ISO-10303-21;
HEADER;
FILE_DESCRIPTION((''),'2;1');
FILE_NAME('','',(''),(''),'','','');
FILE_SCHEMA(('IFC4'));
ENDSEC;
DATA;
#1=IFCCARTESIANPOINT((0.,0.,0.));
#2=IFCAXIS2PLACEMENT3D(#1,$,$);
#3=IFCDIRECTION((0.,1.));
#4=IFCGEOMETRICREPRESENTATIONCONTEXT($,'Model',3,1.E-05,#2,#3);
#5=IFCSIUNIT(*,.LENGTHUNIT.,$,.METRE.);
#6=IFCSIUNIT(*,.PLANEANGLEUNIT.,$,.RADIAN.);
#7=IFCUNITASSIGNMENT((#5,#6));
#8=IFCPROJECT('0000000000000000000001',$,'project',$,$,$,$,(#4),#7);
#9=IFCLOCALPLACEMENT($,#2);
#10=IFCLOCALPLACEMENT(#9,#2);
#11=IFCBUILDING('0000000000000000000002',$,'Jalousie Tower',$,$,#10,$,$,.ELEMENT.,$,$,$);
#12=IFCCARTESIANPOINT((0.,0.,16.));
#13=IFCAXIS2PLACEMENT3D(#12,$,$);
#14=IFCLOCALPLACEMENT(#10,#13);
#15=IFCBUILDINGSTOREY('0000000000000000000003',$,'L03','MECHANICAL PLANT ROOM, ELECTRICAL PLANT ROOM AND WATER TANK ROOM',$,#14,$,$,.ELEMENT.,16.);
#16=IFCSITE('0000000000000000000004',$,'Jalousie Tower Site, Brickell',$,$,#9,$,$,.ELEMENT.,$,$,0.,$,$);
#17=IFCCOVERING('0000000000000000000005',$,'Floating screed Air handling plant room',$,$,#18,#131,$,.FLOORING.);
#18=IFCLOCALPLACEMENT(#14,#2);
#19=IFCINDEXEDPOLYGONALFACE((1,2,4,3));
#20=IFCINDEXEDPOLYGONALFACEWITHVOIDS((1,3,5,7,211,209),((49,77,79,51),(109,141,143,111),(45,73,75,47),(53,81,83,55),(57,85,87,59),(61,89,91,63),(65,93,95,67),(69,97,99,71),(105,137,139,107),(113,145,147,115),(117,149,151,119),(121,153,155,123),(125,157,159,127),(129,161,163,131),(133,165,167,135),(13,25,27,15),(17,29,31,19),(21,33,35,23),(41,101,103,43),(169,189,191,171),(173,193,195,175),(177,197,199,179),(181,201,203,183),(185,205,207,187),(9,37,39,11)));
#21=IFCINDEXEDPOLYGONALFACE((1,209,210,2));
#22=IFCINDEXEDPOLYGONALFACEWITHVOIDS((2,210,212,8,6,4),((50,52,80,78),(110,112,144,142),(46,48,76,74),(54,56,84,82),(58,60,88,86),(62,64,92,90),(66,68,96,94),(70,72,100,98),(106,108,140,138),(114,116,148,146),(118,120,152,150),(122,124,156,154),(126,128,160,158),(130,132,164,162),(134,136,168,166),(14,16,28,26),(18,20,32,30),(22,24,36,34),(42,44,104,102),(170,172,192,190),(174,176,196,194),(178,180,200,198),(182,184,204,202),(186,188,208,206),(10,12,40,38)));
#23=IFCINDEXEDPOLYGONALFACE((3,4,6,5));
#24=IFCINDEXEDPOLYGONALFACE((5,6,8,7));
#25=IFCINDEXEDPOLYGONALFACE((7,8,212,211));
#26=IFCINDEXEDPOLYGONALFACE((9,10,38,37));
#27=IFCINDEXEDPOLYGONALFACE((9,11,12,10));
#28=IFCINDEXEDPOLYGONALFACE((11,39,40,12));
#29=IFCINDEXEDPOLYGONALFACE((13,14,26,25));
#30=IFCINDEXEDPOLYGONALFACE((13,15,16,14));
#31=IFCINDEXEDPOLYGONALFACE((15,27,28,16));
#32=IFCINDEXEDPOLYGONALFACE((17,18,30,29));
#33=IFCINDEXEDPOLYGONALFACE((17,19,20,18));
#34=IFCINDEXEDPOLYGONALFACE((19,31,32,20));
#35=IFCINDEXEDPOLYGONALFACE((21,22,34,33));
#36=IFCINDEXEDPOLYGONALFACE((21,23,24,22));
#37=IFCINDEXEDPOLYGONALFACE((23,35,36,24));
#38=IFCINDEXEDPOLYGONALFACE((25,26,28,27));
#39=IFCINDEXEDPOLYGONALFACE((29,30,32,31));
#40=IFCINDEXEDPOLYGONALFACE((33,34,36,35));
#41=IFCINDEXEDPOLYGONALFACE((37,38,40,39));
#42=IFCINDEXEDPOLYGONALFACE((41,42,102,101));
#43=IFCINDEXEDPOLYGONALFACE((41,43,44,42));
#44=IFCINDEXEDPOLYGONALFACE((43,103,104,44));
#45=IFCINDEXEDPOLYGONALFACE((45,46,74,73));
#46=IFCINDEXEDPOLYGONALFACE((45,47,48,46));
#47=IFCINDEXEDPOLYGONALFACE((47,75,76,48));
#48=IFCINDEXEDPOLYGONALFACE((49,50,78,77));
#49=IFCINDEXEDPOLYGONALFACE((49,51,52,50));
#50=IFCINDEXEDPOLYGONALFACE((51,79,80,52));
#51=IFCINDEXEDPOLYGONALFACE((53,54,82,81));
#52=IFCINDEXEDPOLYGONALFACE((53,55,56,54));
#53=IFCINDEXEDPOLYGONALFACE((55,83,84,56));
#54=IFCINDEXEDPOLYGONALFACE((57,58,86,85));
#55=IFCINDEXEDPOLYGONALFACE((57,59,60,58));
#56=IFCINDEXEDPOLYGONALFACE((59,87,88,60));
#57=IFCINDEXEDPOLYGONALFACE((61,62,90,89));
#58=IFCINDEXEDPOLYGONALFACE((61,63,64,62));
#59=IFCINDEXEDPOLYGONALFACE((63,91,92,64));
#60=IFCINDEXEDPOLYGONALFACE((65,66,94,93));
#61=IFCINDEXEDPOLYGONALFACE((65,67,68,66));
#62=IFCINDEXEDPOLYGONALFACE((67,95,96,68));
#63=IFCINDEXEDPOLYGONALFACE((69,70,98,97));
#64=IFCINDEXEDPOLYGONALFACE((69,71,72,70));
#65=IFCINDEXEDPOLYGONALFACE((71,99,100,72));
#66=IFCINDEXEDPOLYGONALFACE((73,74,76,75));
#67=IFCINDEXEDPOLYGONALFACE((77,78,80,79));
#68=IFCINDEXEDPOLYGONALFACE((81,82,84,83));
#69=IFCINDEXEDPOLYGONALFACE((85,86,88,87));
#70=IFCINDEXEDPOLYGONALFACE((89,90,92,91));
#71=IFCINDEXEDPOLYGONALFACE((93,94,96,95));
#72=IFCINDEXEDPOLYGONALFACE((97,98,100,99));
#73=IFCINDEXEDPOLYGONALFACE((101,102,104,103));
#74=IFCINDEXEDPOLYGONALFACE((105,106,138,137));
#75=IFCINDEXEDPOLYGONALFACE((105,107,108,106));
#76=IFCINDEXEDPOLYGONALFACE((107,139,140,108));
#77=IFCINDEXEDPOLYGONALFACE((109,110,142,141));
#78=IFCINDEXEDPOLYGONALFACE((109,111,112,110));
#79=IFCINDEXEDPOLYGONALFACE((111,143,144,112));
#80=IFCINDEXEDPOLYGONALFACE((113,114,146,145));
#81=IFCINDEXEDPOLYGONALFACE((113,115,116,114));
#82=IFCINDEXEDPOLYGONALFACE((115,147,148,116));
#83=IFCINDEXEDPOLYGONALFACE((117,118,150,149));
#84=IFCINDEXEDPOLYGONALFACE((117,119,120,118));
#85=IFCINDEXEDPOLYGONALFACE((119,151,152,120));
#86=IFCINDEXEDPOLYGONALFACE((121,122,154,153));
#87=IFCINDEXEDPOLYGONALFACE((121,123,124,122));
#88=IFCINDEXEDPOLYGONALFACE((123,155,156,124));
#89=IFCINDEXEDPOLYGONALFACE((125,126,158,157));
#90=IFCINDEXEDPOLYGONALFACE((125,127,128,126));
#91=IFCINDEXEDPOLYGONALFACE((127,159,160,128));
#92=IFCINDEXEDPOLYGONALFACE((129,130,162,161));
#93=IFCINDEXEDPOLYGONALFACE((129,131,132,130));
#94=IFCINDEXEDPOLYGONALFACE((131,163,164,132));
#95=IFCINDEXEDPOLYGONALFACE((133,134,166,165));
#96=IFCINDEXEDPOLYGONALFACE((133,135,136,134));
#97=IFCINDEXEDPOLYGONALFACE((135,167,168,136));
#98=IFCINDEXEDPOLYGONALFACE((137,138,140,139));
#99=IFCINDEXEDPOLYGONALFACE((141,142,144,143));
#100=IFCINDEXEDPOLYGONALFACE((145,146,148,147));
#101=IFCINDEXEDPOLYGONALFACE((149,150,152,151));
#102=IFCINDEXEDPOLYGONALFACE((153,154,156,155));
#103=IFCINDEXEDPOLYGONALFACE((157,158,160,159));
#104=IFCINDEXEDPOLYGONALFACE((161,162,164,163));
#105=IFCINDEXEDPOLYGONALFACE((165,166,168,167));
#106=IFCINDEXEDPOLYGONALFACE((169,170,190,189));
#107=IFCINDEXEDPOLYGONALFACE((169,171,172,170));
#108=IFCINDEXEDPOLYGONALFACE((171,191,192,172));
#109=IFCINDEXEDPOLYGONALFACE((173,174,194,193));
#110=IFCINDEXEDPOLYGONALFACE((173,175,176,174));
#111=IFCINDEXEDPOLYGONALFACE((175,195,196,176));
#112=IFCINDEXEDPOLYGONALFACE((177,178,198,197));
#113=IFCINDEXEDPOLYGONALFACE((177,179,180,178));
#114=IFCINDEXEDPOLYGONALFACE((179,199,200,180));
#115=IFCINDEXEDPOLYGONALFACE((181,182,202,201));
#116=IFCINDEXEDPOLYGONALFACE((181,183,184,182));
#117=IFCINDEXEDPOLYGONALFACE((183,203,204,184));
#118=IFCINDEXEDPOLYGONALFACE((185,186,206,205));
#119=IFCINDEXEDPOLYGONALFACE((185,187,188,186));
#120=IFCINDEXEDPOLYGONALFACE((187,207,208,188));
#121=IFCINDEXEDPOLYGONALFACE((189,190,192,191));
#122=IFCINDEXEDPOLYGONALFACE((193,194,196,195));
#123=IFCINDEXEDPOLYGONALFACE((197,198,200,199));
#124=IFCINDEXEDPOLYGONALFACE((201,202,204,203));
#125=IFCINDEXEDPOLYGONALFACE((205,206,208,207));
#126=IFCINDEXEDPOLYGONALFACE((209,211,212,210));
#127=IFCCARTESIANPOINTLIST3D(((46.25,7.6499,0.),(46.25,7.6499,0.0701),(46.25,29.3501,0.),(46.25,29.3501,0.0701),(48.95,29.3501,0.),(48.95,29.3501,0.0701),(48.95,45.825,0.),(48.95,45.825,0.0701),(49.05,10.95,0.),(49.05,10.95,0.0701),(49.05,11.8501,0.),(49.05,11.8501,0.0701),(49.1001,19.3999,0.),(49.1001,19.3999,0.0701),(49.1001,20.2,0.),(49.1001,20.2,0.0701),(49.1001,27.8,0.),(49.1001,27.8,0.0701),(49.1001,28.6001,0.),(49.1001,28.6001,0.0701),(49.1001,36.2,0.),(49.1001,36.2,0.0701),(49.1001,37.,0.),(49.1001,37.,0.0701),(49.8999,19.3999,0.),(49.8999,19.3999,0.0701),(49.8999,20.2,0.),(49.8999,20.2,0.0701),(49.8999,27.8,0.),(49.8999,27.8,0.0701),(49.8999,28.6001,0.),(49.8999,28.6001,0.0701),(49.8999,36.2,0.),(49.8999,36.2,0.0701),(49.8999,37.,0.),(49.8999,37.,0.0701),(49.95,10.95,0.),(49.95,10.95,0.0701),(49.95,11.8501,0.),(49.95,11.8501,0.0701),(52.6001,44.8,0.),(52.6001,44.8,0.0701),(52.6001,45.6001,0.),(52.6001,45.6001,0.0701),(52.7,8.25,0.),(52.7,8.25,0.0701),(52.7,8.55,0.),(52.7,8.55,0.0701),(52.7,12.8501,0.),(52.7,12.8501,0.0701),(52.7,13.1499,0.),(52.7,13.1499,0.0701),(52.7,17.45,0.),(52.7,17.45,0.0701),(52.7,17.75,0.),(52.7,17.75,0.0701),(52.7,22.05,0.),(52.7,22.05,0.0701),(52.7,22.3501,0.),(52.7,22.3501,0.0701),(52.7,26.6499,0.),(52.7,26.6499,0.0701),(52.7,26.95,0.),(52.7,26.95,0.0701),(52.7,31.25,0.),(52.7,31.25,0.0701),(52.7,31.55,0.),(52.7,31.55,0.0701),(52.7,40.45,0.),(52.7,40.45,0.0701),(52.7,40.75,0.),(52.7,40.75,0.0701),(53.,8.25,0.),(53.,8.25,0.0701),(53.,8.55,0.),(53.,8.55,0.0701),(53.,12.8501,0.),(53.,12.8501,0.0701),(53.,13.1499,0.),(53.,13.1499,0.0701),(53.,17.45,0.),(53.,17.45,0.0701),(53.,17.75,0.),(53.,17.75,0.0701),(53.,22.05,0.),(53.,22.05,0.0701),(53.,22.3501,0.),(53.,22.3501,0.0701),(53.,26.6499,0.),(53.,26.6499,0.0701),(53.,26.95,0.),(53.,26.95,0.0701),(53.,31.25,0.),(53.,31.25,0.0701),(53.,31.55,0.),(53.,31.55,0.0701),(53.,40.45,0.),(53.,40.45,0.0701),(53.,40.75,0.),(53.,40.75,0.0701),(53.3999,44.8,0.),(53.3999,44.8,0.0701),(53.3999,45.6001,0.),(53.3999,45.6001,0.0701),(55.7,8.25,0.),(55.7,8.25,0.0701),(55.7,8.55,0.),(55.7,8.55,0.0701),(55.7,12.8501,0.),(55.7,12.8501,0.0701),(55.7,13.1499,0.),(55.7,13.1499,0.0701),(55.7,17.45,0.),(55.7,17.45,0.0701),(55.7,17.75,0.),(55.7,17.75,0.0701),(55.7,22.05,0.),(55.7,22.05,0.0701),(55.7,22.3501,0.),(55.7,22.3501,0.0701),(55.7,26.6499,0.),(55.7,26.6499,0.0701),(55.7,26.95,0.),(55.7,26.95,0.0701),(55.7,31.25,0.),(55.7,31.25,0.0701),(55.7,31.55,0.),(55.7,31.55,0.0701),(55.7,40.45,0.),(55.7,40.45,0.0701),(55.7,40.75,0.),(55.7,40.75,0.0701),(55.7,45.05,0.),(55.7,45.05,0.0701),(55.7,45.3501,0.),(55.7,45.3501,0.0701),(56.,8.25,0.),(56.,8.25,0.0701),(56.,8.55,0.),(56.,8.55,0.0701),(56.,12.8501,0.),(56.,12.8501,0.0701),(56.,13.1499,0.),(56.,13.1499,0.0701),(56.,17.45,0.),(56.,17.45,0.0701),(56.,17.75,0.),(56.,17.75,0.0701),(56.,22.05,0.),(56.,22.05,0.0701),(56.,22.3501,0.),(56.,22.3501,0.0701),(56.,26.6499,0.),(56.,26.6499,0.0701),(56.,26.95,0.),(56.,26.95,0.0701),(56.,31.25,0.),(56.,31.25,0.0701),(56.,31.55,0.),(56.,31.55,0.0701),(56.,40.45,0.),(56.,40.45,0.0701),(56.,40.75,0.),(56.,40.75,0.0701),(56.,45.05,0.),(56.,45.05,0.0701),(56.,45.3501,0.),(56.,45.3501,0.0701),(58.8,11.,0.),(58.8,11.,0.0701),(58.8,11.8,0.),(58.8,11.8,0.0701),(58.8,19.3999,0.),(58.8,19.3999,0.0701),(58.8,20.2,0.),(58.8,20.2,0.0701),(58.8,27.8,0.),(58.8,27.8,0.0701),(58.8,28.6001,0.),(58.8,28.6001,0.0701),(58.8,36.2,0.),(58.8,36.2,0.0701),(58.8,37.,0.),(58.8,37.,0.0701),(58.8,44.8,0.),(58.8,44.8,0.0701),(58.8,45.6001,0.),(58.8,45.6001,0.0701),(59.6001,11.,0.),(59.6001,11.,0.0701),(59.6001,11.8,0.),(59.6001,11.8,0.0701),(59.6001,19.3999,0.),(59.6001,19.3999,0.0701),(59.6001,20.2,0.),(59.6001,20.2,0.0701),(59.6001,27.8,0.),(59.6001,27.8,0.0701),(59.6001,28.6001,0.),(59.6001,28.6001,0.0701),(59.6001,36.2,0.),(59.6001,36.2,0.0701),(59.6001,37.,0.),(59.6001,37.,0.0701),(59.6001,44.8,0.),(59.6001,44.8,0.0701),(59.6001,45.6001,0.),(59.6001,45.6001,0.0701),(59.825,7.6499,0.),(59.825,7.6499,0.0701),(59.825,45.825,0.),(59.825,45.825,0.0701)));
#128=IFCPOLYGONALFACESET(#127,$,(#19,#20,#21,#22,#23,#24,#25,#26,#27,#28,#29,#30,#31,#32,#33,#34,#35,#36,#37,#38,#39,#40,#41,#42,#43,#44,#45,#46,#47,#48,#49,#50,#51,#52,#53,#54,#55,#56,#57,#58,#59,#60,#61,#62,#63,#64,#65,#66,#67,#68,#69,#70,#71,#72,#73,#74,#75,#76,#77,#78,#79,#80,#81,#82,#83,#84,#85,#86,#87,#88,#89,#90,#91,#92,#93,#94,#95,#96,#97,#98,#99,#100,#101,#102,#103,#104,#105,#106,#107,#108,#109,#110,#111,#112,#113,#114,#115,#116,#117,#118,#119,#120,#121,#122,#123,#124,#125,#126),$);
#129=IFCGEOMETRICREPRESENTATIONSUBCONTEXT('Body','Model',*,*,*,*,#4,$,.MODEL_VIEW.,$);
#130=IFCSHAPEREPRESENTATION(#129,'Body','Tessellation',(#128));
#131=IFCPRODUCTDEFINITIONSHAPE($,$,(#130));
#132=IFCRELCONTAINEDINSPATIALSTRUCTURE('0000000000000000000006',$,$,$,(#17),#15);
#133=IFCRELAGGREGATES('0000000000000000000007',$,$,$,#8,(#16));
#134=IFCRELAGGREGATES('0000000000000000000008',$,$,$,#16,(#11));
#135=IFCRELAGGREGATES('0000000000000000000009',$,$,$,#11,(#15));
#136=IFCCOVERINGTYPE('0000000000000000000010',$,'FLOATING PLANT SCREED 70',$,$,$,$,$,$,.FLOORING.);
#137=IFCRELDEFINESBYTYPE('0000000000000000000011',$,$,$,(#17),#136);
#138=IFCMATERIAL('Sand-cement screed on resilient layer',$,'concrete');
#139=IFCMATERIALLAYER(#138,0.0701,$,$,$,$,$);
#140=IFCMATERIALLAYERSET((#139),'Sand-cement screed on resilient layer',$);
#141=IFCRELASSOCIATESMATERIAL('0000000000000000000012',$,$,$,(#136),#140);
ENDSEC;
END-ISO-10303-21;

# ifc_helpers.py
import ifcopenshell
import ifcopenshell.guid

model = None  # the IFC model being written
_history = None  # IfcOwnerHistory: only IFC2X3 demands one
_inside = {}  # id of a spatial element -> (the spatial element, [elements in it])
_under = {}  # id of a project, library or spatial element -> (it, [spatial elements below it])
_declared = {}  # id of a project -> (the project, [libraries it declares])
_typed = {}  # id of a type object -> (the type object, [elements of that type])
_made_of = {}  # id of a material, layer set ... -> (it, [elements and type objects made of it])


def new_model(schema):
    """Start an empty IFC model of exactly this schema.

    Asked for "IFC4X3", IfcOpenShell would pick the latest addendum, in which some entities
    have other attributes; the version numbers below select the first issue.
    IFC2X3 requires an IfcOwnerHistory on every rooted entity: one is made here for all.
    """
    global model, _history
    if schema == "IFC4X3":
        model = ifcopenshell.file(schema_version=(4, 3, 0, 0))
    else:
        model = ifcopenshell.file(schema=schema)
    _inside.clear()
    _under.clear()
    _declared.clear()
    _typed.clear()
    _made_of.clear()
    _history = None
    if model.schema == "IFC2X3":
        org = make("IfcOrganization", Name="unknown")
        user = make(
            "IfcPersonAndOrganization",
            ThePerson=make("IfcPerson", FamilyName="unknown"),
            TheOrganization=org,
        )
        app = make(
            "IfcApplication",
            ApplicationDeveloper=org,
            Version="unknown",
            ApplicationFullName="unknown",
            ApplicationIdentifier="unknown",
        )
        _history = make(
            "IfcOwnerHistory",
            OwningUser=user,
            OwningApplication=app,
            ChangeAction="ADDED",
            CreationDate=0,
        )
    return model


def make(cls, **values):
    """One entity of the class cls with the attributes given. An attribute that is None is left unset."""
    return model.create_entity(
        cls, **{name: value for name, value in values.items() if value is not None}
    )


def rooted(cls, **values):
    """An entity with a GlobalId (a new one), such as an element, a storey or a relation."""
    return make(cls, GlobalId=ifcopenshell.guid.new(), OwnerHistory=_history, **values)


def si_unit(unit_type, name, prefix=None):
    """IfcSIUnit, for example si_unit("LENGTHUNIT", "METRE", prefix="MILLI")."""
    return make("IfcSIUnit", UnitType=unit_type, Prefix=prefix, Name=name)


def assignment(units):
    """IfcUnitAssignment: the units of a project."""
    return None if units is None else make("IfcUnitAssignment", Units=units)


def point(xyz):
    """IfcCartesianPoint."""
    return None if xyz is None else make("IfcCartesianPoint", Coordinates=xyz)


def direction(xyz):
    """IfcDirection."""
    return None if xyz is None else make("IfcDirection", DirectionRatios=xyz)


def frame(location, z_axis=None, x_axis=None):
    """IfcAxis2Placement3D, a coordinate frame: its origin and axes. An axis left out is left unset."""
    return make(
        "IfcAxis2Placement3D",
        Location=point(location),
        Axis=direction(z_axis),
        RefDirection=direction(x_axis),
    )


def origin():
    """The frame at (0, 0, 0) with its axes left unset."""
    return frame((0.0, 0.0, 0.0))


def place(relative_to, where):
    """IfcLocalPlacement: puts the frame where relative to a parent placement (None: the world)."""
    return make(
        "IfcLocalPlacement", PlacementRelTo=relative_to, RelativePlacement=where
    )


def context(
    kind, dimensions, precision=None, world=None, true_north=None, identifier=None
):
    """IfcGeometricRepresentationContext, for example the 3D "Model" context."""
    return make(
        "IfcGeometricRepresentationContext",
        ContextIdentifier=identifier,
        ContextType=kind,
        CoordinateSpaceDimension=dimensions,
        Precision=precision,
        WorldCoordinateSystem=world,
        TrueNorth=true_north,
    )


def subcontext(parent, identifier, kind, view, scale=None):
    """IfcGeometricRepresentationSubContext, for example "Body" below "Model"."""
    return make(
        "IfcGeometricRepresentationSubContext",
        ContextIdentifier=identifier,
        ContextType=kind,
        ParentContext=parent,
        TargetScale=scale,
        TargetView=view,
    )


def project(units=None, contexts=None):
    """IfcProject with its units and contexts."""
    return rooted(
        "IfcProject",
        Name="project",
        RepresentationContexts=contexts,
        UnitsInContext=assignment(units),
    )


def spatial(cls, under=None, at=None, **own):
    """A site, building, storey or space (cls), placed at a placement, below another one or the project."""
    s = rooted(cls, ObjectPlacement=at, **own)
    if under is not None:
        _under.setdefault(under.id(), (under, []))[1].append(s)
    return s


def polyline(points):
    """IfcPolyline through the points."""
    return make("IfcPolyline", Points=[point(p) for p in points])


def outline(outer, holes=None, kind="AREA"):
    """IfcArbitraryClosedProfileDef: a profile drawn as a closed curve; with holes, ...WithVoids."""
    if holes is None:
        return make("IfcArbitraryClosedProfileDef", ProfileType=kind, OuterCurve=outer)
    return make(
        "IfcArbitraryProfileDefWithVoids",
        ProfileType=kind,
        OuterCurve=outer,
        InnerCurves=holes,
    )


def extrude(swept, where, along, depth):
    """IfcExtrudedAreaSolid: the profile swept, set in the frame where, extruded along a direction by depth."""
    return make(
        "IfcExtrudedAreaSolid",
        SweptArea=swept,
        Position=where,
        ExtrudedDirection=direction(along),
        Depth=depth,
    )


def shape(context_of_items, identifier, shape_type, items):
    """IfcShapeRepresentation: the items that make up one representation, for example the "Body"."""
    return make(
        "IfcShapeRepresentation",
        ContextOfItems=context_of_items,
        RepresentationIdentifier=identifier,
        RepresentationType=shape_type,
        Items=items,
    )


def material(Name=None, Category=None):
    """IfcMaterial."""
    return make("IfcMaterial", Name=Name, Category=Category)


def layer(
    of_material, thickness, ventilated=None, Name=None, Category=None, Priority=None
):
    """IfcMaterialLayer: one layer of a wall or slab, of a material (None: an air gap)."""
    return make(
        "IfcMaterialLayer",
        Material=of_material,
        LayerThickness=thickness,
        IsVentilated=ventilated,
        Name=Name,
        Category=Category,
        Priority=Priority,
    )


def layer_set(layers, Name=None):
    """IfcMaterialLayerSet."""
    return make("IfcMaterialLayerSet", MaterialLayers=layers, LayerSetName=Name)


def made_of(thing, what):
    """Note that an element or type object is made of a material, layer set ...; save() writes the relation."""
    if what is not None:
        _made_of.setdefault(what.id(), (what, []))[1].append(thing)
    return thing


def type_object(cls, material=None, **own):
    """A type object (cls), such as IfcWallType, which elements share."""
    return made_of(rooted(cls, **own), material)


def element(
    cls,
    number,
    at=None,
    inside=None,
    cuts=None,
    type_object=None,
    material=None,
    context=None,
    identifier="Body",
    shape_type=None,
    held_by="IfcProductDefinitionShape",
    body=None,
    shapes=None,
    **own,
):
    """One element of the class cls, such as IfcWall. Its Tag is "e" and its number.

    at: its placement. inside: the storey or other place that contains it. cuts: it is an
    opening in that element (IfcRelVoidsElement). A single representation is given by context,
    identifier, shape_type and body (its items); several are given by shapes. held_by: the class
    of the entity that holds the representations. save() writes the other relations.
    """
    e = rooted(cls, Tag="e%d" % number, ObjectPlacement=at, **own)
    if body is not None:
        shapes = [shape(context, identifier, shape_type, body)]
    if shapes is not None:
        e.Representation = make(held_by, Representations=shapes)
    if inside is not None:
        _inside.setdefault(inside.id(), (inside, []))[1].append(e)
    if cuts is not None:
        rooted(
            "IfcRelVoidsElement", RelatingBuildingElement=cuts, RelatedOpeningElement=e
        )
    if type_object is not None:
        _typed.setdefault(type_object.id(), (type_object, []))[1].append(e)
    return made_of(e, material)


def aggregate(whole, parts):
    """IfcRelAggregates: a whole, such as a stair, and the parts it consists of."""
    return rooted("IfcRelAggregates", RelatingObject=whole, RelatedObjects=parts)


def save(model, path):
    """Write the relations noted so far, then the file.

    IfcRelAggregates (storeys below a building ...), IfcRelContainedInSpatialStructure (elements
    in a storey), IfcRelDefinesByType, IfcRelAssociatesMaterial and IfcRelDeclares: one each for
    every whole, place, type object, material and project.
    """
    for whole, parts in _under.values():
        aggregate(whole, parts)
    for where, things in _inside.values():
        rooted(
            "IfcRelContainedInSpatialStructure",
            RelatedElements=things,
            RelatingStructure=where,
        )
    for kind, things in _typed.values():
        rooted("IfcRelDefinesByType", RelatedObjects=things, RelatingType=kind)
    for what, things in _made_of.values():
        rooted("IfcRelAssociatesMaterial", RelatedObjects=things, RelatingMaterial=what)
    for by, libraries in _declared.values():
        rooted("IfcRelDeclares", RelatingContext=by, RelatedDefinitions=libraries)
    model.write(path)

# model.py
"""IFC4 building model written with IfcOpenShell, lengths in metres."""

from ifc_helpers import new_model, si_unit, direction, frame, origin, place, context, subcontext, project, spatial, polyline, outline, extrude, material, layer, layer_set, type_object, element, save


model = new_model("IFC4")

# Units and contexts
model_context = context("Model", 3, precision=1e-05, world=origin(), true_north=direction((0.0, 1.0)))
body_context = subcontext(model_context, "Body", "Model", "MODEL_VIEW")
ifc_project = project(units=[si_unit("LENGTHUNIT", "METRE"), si_unit("PLANEANGLEUNIT", "RADIAN")], contexts=[model_context])

# Site, building, storey
site_placement = place(None, origin())
site = spatial("IfcSite", under=ifc_project, at=site_placement, Name="Jalousie Tower Site, Brickell", CompositionType="ELEMENT", RefElevation=0.0)
building_placement = place(site_placement, origin())
building = spatial("IfcBuilding", under=site, at=building_placement, Name="Jalousie Tower", CompositionType="ELEMENT")
storey_placement = place(building_placement, frame((0.0, 0.0, 16.0)))
storey = spatial("IfcBuildingStorey", under=building, at=storey_placement, Name="L03", Description="MECHANICAL PLANT ROOM, ELECTRICAL PLANT ROOM AND WATER TANK ROOM", CompositionType="ELEMENT", Elevation=16.0)

# Covering
ifc_material_1 = material(Name="Sand-cement screed on resilient layer", Category="concrete")
ifc_layer_1 = layer(ifc_material_1, 0.0701)
ifc_layer_set_1 = layer_set([ifc_layer_1], Name="Sand-cement screed on resilient layer")
covering_type = type_object("IfcCoveringType", Name="FLOATING PLANT SCREED 70", PredefinedType="FLOORING", material=ifc_layer_set_1)
covering_1_placement = place(storey_placement, origin())
element("IfcCovering", 1, at=covering_1_placement, inside=storey, type_object=covering_type, Name="Floating screed Air handling plant room", PredefinedType="FLOORING", context=body_context, shape_type="SweptSolid", body=[
    extrude(outline(polyline([(46.25, 29.3501), (48.95, 29.3501), (48.95, 45.825), (59.825, 45.825), (59.825, 7.6499), (46.25, 7.6499), (46.25, 29.3501)]), holes=[polyline([(58.8, 11.8), (58.8, 11.0), (59.6001, 11.0), (59.6001, 11.8), (58.8, 11.8)]), polyline([(58.8, 20.2), (58.8, 19.3999), (59.6001, 19.3999), (59.6001, 20.2), (58.8, 20.2)]), polyline([(58.8, 27.8), (59.6001, 27.8), (59.6001, 28.6001), (58.8, 28.6001), (58.8, 27.8)]), polyline([(58.8, 37.0), (58.8, 36.2), (59.6001, 36.2), (59.6001, 37.0), (58.8, 37.0)]), polyline([(58.8, 45.6001), (58.8, 44.8), (59.6001, 44.8), (59.6001, 45.6001), (58.8, 45.6001)]), polyline([(52.6001, 45.6001), (52.6001, 44.8), (53.3999, 44.8), (53.3999, 45.6001), (52.6001, 45.6001)]), polyline([(49.05, 11.8501), (49.05, 10.95), (49.95, 10.95), (49.95, 11.8501), (49.05, 11.8501)]), polyline([(49.1001, 20.2), (49.1001, 19.3999), (49.8999, 19.3999), (49.8999, 20.2), (49.1001, 20.2)]), polyline([(49.1001, 28.6001), (49.1001, 27.8), (49.8999, 27.8), (49.8999, 28.6001), (49.1001, 28.6001)]), polyline([(49.1001, 37.0), (49.1001, 36.2), (49.8999, 36.2), (49.8999, 37.0), (49.1001, 37.0)]), polyline([(52.7, 8.25), (53.0, 8.25), (53.0, 8.55), (52.7, 8.55), (52.7, 8.25)]), polyline([(55.7, 8.25), (56.0, 8.25), (56.0, 8.55), (55.7, 8.55), (55.7, 8.25)]), polyline([(52.7, 12.8501), (53.0, 12.8501), (53.0, 13.1499), (52.7, 13.1499), (52.7, 12.8501)]), polyline([(55.7, 12.8501), (56.0, 12.8501), (56.0, 13.1499), (55.7, 13.1499), (55.7, 12.8501)]), polyline([(52.7, 17.45), (53.0, 17.45), (53.0, 17.75), (52.7, 17.75), (52.7, 17.45)]), polyline([(55.7, 17.45), (56.0, 17.45), (56.0, 17.75), (55.7, 17.75), (55.7, 17.45)]), polyline([(52.7, 22.05), (53.0, 22.05), (53.0, 22.3501), (52.7, 22.3501), (52.7, 22.05)]), polyline([(55.7, 22.05), (56.0, 22.05), (56.0, 22.3501), (55.7, 22.3501), (55.7, 22.05)]), polyline([(52.7, 26.6499), (53.0, 26.6499), (53.0, 26.95), (52.7, 26.95), (52.7, 26.6499)]), polyline([(55.7, 26.6499), (56.0, 26.6499), (56.0, 26.95), (55.7, 26.95), (55.7, 26.6499)]), polyline([(52.7, 31.25), (53.0, 31.25), (53.0, 31.55), (52.7, 31.55), (52.7, 31.25)]), polyline([(55.7, 31.25), (56.0, 31.25), (56.0, 31.55), (55.7, 31.55), (55.7, 31.25)]), polyline([(52.7, 40.45), (53.0, 40.45), (53.0, 40.75), (52.7, 40.75), (52.7, 40.45)]), polyline([(55.7, 40.45), (56.0, 40.45), (56.0, 40.75), (55.7, 40.75), (55.7, 40.45)]), polyline([(55.7, 45.05), (56.0, 45.05), (56.0, 45.3501), (55.7, 45.3501), (55.7, 45.05)])]), origin(), (0.0, 0.0, 1.0), 0.0701),
])

save(model, "model.ifc")
